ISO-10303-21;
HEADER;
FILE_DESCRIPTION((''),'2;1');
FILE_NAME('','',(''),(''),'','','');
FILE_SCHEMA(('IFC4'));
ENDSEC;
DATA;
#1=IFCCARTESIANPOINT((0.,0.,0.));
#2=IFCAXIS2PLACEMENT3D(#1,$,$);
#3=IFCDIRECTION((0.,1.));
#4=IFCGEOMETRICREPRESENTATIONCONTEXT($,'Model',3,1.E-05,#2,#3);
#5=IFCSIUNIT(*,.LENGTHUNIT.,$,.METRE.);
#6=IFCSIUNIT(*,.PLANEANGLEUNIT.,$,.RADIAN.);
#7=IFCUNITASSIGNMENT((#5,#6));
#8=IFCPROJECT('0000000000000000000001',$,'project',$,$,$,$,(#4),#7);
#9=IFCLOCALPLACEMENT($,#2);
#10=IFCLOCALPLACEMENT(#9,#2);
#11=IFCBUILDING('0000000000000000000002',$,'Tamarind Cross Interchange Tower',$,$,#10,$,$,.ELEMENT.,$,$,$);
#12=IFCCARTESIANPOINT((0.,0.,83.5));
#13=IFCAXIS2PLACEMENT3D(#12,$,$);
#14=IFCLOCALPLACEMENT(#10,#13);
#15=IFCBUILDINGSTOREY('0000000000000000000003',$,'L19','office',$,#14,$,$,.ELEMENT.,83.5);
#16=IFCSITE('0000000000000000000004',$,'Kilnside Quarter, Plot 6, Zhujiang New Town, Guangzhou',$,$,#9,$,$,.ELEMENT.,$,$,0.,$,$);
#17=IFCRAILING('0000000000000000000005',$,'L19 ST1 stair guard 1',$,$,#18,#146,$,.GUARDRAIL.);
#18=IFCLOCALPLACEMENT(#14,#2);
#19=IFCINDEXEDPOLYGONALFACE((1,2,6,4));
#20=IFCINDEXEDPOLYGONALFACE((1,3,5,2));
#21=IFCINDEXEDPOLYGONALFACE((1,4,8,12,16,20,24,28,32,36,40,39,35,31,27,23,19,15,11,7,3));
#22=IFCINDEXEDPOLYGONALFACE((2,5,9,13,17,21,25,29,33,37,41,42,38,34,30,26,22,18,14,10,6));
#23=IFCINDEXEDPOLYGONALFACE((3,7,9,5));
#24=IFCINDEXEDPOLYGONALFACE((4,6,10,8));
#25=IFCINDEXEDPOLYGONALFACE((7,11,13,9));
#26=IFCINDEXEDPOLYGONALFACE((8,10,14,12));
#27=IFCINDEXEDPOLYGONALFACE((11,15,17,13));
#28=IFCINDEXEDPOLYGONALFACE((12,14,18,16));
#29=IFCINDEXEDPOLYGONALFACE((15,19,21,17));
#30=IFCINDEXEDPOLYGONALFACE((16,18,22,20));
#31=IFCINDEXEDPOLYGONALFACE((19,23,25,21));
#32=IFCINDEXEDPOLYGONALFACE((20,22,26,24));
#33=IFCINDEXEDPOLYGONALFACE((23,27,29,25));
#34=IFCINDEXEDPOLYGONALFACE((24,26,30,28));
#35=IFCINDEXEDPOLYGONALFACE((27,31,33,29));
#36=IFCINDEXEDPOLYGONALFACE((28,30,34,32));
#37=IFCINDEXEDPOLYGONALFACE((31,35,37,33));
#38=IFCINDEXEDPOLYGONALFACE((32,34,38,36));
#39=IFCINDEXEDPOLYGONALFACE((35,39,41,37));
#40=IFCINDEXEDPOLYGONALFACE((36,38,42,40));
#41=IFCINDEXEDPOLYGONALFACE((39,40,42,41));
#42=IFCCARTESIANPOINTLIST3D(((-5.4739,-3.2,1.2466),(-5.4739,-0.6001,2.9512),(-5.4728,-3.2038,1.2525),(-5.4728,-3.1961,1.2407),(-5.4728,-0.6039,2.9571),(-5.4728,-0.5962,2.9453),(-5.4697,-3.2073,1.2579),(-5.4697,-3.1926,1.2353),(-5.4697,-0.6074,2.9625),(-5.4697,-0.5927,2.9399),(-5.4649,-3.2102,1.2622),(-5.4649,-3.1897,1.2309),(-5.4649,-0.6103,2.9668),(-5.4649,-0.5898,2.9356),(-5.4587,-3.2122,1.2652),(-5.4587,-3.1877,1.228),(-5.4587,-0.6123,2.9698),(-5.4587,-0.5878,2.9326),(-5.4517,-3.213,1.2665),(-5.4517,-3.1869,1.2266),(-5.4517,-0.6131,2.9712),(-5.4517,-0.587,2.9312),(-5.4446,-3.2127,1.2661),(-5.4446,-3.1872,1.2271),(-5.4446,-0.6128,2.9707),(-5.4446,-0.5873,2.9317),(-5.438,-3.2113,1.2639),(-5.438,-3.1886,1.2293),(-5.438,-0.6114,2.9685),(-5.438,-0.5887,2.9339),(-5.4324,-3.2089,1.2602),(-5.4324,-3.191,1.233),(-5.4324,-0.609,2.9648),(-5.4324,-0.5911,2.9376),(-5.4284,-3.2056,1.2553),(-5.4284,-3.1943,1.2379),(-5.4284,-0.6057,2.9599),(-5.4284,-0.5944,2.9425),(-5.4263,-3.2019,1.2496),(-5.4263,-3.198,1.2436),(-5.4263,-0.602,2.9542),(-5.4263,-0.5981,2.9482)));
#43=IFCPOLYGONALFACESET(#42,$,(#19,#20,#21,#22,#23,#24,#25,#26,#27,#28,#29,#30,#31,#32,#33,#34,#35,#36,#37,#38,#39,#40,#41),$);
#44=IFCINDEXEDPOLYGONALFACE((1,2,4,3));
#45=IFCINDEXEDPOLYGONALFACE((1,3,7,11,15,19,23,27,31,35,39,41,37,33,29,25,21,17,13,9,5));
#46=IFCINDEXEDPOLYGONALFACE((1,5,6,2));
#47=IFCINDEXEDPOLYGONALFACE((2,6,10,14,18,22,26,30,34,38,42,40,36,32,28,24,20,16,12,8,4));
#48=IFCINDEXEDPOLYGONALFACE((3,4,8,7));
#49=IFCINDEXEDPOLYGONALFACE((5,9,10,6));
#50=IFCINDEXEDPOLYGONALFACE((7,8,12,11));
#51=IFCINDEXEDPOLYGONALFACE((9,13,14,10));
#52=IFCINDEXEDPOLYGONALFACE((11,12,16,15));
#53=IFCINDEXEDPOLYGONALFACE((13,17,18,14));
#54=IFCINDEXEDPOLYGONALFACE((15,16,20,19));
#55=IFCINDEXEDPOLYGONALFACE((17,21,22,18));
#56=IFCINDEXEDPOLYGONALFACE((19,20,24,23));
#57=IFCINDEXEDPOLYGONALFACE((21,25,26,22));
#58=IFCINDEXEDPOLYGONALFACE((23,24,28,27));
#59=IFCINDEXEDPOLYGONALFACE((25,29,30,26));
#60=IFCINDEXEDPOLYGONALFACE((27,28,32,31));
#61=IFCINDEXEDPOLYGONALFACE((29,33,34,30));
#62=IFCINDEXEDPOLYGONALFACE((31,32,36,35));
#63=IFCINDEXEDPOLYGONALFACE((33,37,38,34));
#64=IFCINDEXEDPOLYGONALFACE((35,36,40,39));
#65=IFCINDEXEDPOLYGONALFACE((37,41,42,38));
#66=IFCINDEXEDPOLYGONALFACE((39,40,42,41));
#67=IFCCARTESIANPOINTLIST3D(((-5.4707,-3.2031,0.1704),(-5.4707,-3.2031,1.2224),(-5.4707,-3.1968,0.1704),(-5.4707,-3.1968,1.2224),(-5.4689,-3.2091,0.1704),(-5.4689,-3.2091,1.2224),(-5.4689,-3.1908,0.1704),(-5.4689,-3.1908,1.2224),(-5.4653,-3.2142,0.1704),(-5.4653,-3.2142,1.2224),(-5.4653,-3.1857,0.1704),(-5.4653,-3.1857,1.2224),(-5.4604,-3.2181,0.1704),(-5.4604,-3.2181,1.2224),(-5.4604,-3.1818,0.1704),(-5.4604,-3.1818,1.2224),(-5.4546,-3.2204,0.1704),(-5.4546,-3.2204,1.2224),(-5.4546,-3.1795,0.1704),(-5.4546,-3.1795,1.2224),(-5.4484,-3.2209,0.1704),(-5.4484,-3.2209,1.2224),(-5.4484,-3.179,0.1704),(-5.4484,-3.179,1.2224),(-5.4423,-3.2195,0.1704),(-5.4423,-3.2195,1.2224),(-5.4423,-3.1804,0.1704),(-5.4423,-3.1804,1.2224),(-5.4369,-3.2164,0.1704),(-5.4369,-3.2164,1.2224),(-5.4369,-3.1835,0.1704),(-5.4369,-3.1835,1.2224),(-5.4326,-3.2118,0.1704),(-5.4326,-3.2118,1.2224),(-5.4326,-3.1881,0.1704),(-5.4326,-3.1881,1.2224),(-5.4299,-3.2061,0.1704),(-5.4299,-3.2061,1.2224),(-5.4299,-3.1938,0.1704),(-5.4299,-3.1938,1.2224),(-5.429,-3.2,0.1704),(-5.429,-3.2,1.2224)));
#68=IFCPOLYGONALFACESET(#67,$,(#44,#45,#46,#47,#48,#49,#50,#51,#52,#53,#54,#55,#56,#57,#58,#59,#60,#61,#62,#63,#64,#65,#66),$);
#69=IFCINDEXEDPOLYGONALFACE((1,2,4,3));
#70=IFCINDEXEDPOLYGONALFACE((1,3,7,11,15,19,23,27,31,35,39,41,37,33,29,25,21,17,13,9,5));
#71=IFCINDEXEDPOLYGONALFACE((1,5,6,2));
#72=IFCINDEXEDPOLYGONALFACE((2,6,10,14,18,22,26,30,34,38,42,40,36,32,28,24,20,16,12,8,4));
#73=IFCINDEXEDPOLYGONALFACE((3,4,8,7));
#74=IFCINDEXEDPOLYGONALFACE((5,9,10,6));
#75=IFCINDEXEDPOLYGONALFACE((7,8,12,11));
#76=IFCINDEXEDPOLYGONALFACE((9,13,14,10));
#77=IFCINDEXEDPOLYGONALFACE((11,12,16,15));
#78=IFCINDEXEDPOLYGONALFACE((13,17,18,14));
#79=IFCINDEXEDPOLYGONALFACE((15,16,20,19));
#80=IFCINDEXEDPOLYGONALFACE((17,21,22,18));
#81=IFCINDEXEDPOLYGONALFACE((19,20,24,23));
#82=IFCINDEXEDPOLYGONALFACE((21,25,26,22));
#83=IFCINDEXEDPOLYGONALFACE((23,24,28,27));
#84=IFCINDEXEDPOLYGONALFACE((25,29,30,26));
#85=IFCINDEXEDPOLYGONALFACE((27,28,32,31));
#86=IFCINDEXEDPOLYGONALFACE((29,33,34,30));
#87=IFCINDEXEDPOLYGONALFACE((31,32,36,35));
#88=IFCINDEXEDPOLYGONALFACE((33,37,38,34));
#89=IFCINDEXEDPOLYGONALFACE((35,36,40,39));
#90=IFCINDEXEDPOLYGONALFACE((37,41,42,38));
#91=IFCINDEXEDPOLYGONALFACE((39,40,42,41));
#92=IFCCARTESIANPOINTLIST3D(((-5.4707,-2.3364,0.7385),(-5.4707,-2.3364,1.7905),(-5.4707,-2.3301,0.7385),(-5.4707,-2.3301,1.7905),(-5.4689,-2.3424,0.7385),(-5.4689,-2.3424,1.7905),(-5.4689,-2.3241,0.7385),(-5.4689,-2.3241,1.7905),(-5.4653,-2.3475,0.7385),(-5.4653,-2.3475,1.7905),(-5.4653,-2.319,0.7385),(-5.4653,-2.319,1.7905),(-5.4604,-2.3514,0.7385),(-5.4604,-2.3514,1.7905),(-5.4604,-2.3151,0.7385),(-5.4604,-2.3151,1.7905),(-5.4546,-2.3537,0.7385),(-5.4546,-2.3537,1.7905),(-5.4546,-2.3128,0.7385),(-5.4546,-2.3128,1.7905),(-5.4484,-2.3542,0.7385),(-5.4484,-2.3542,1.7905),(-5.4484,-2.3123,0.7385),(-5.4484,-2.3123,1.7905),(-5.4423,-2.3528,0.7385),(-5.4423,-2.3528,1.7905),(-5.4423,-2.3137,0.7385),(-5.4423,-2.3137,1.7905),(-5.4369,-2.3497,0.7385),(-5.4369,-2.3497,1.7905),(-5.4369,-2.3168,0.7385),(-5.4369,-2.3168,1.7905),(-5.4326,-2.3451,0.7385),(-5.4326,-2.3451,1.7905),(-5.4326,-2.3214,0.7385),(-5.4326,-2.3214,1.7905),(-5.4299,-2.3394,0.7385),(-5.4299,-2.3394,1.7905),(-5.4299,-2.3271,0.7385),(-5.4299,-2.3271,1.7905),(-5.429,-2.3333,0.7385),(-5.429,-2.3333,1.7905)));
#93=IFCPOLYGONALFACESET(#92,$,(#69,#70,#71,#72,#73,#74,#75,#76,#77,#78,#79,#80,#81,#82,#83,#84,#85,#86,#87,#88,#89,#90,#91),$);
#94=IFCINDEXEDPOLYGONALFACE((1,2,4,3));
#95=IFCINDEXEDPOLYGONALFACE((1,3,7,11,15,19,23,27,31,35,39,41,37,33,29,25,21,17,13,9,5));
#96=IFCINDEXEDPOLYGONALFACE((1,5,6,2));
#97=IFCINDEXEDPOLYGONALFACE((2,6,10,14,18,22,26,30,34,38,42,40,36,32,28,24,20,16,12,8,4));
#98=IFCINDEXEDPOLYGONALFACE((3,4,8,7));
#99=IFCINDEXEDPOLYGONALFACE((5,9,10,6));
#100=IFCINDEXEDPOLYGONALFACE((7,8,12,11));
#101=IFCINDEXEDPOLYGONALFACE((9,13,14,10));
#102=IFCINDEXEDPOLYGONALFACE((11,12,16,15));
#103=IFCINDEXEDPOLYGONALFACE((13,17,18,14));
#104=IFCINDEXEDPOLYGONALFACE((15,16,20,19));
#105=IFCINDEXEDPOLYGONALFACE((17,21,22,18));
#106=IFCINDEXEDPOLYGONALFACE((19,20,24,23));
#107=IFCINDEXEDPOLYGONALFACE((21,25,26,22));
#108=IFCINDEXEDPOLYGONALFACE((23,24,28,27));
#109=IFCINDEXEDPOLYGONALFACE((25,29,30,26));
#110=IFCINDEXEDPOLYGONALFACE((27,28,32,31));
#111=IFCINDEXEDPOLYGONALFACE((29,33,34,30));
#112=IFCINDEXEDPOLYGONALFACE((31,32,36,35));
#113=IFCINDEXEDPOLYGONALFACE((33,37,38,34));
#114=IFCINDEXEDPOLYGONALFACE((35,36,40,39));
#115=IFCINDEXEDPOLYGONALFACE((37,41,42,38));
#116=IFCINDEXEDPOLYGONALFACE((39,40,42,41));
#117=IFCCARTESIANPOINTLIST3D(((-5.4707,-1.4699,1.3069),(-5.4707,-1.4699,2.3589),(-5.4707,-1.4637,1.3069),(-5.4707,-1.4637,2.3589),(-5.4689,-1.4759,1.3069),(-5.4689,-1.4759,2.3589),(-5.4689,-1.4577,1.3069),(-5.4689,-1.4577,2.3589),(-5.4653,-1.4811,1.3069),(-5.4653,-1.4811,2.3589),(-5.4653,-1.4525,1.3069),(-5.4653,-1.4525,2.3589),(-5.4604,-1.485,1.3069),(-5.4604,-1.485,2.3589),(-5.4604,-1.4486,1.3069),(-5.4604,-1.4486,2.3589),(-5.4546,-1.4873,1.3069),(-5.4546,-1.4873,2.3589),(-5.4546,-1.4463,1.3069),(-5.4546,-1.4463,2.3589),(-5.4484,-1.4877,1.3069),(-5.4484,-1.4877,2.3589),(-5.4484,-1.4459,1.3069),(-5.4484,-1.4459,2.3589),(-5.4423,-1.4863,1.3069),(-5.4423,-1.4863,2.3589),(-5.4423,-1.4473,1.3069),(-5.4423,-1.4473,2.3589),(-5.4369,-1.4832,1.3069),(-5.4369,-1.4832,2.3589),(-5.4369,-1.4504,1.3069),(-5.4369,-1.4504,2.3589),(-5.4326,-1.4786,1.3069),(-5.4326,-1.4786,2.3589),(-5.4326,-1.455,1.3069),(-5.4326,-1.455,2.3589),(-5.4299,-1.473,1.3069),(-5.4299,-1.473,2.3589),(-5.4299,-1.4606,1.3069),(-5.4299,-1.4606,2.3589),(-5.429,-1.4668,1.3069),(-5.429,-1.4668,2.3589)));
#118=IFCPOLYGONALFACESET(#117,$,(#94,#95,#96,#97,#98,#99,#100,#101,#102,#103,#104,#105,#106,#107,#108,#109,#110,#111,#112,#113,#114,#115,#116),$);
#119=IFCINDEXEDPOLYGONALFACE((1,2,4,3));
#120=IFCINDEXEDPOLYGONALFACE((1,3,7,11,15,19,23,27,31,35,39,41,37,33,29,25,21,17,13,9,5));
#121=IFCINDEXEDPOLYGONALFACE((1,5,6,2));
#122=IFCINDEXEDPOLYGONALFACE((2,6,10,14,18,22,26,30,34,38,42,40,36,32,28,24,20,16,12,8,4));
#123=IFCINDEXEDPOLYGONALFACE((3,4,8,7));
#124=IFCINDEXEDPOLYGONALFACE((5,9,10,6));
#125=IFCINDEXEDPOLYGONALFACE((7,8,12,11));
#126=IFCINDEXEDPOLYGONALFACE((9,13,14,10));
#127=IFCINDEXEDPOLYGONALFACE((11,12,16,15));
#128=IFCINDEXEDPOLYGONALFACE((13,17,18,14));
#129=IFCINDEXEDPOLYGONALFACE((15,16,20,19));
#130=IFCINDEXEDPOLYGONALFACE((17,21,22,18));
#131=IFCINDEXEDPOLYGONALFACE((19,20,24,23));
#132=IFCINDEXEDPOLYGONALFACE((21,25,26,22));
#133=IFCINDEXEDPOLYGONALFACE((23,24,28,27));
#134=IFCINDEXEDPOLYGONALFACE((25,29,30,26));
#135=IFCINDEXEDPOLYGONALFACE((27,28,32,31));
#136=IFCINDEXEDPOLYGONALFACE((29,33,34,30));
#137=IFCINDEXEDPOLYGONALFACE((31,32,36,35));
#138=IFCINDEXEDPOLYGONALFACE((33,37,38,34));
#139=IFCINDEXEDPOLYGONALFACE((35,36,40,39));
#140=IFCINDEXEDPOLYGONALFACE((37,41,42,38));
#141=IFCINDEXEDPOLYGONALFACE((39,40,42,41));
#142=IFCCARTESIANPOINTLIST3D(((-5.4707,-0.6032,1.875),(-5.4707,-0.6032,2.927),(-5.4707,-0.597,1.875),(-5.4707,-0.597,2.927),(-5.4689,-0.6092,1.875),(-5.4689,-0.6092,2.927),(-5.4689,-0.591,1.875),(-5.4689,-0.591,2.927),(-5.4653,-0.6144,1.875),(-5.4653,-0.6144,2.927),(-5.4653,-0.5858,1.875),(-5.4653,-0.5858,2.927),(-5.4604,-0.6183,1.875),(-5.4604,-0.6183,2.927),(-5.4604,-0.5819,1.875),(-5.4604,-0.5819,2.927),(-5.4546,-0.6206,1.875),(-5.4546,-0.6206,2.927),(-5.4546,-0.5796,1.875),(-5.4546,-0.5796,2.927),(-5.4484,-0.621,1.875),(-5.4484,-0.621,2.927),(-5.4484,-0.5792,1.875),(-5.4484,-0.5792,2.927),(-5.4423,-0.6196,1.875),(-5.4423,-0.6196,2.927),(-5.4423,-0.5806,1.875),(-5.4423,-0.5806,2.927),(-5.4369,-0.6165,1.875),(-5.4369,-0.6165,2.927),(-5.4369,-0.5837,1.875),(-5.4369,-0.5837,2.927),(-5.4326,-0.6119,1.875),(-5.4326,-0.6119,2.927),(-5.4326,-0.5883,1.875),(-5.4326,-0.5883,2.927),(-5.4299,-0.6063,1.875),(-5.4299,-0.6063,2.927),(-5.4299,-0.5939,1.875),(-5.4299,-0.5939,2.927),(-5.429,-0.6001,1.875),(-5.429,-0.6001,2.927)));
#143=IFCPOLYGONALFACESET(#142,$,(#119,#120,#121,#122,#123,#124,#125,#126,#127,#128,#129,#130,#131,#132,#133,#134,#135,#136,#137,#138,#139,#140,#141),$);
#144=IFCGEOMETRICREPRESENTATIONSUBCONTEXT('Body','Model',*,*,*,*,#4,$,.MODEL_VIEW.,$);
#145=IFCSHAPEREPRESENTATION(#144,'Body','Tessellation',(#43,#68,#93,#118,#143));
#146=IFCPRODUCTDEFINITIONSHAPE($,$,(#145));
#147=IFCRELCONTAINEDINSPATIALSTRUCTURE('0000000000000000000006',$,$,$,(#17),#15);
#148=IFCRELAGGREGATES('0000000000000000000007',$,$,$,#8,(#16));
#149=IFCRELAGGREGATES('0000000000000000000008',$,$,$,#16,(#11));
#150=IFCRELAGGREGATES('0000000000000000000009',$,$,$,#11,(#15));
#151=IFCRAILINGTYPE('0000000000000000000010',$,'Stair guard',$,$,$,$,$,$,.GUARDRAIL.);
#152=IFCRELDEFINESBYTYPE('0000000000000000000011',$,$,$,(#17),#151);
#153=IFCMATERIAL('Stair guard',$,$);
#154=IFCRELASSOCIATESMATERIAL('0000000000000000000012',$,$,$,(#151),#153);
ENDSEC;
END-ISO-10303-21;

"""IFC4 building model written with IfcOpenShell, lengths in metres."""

from ifc_helpers import new_model, si_unit, direction, frame, origin, origin_2d, place, context, subcontext, project, spatial, circle, extrude, material, type_object, element, save


model = new_model("IFC4")

# Units and contexts
model_context = context("Model", 3, precision=1e-05, world=origin(), true_north=direction((0.0, 1.0)))
body_context = subcontext(model_context, "Body", "Model", "MODEL_VIEW")
ifc_project = project(units=[si_unit("LENGTHUNIT", "METRE"), si_unit("PLANEANGLEUNIT", "RADIAN")], contexts=[model_context])

# Site, building, storey
site_placement = place(None, origin())
site = spatial("IfcSite", under=ifc_project, at=site_placement, Name="Kilnside Quarter, Plot 6, Zhujiang New Town, Guangzhou", CompositionType="ELEMENT", RefElevation=0.0)
building_placement = place(site_placement, origin())
building = spatial("IfcBuilding", under=site, at=building_placement, Name="Tamarind Cross Interchange Tower", CompositionType="ELEMENT")
storey_placement = place(building_placement, frame((0.0, 0.0, 83.5)))
storey = spatial("IfcBuildingStorey", under=building, at=storey_placement, Name="L19", Description="office", CompositionType="ELEMENT", Elevation=83.5)

# Railing
ifc_material_1 = material(Name="Stair guard")
railing_type_1 = type_object("IfcRailingType", Name="Stair guard", PredefinedType="GUARDRAIL", material=ifc_material_1)
railing_1_placement = place(storey_placement, frame((-5.45, -3.2, 0.1704)))
element("IfcRailing", 1, at=railing_1_placement, inside=storey, type_object=railing_type_1, Name="L19 ST1 stair guard 1", PredefinedType="GUARDRAIL", context=body_context, shape_type="SweptSolid", body=[
    extrude(circle(Radius=0.0239, at=origin_2d()), frame((0.0, 0.0, 1.0762), z_axis=(0.0, 0.836279, 0.548305), x_axis=(-1.0, 0.0, 0.0)), (0.0, 0.0, 1.0), 3.1089),
    extrude(circle(Radius=0.021, at=origin_2d()), origin(), (0.0, 0.0, 1.0), 1.052),
    extrude(circle(Radius=0.021, at=origin_2d()), frame((0.0, 0.8667, 0.5681)), (0.0, 0.0, 1.0), 1.052),
    extrude(circle(Radius=0.021, at=origin_2d()), frame((0.0, 1.7332, 1.1365)), (0.0, 0.0, 1.0), 1.052),
    extrude(circle(Radius=0.021, at=origin_2d()), frame((0.0, 2.5999, 1.7046)), (0.0, 0.0, 1.0), 1.052),
])

save(model, "model.ifc")
